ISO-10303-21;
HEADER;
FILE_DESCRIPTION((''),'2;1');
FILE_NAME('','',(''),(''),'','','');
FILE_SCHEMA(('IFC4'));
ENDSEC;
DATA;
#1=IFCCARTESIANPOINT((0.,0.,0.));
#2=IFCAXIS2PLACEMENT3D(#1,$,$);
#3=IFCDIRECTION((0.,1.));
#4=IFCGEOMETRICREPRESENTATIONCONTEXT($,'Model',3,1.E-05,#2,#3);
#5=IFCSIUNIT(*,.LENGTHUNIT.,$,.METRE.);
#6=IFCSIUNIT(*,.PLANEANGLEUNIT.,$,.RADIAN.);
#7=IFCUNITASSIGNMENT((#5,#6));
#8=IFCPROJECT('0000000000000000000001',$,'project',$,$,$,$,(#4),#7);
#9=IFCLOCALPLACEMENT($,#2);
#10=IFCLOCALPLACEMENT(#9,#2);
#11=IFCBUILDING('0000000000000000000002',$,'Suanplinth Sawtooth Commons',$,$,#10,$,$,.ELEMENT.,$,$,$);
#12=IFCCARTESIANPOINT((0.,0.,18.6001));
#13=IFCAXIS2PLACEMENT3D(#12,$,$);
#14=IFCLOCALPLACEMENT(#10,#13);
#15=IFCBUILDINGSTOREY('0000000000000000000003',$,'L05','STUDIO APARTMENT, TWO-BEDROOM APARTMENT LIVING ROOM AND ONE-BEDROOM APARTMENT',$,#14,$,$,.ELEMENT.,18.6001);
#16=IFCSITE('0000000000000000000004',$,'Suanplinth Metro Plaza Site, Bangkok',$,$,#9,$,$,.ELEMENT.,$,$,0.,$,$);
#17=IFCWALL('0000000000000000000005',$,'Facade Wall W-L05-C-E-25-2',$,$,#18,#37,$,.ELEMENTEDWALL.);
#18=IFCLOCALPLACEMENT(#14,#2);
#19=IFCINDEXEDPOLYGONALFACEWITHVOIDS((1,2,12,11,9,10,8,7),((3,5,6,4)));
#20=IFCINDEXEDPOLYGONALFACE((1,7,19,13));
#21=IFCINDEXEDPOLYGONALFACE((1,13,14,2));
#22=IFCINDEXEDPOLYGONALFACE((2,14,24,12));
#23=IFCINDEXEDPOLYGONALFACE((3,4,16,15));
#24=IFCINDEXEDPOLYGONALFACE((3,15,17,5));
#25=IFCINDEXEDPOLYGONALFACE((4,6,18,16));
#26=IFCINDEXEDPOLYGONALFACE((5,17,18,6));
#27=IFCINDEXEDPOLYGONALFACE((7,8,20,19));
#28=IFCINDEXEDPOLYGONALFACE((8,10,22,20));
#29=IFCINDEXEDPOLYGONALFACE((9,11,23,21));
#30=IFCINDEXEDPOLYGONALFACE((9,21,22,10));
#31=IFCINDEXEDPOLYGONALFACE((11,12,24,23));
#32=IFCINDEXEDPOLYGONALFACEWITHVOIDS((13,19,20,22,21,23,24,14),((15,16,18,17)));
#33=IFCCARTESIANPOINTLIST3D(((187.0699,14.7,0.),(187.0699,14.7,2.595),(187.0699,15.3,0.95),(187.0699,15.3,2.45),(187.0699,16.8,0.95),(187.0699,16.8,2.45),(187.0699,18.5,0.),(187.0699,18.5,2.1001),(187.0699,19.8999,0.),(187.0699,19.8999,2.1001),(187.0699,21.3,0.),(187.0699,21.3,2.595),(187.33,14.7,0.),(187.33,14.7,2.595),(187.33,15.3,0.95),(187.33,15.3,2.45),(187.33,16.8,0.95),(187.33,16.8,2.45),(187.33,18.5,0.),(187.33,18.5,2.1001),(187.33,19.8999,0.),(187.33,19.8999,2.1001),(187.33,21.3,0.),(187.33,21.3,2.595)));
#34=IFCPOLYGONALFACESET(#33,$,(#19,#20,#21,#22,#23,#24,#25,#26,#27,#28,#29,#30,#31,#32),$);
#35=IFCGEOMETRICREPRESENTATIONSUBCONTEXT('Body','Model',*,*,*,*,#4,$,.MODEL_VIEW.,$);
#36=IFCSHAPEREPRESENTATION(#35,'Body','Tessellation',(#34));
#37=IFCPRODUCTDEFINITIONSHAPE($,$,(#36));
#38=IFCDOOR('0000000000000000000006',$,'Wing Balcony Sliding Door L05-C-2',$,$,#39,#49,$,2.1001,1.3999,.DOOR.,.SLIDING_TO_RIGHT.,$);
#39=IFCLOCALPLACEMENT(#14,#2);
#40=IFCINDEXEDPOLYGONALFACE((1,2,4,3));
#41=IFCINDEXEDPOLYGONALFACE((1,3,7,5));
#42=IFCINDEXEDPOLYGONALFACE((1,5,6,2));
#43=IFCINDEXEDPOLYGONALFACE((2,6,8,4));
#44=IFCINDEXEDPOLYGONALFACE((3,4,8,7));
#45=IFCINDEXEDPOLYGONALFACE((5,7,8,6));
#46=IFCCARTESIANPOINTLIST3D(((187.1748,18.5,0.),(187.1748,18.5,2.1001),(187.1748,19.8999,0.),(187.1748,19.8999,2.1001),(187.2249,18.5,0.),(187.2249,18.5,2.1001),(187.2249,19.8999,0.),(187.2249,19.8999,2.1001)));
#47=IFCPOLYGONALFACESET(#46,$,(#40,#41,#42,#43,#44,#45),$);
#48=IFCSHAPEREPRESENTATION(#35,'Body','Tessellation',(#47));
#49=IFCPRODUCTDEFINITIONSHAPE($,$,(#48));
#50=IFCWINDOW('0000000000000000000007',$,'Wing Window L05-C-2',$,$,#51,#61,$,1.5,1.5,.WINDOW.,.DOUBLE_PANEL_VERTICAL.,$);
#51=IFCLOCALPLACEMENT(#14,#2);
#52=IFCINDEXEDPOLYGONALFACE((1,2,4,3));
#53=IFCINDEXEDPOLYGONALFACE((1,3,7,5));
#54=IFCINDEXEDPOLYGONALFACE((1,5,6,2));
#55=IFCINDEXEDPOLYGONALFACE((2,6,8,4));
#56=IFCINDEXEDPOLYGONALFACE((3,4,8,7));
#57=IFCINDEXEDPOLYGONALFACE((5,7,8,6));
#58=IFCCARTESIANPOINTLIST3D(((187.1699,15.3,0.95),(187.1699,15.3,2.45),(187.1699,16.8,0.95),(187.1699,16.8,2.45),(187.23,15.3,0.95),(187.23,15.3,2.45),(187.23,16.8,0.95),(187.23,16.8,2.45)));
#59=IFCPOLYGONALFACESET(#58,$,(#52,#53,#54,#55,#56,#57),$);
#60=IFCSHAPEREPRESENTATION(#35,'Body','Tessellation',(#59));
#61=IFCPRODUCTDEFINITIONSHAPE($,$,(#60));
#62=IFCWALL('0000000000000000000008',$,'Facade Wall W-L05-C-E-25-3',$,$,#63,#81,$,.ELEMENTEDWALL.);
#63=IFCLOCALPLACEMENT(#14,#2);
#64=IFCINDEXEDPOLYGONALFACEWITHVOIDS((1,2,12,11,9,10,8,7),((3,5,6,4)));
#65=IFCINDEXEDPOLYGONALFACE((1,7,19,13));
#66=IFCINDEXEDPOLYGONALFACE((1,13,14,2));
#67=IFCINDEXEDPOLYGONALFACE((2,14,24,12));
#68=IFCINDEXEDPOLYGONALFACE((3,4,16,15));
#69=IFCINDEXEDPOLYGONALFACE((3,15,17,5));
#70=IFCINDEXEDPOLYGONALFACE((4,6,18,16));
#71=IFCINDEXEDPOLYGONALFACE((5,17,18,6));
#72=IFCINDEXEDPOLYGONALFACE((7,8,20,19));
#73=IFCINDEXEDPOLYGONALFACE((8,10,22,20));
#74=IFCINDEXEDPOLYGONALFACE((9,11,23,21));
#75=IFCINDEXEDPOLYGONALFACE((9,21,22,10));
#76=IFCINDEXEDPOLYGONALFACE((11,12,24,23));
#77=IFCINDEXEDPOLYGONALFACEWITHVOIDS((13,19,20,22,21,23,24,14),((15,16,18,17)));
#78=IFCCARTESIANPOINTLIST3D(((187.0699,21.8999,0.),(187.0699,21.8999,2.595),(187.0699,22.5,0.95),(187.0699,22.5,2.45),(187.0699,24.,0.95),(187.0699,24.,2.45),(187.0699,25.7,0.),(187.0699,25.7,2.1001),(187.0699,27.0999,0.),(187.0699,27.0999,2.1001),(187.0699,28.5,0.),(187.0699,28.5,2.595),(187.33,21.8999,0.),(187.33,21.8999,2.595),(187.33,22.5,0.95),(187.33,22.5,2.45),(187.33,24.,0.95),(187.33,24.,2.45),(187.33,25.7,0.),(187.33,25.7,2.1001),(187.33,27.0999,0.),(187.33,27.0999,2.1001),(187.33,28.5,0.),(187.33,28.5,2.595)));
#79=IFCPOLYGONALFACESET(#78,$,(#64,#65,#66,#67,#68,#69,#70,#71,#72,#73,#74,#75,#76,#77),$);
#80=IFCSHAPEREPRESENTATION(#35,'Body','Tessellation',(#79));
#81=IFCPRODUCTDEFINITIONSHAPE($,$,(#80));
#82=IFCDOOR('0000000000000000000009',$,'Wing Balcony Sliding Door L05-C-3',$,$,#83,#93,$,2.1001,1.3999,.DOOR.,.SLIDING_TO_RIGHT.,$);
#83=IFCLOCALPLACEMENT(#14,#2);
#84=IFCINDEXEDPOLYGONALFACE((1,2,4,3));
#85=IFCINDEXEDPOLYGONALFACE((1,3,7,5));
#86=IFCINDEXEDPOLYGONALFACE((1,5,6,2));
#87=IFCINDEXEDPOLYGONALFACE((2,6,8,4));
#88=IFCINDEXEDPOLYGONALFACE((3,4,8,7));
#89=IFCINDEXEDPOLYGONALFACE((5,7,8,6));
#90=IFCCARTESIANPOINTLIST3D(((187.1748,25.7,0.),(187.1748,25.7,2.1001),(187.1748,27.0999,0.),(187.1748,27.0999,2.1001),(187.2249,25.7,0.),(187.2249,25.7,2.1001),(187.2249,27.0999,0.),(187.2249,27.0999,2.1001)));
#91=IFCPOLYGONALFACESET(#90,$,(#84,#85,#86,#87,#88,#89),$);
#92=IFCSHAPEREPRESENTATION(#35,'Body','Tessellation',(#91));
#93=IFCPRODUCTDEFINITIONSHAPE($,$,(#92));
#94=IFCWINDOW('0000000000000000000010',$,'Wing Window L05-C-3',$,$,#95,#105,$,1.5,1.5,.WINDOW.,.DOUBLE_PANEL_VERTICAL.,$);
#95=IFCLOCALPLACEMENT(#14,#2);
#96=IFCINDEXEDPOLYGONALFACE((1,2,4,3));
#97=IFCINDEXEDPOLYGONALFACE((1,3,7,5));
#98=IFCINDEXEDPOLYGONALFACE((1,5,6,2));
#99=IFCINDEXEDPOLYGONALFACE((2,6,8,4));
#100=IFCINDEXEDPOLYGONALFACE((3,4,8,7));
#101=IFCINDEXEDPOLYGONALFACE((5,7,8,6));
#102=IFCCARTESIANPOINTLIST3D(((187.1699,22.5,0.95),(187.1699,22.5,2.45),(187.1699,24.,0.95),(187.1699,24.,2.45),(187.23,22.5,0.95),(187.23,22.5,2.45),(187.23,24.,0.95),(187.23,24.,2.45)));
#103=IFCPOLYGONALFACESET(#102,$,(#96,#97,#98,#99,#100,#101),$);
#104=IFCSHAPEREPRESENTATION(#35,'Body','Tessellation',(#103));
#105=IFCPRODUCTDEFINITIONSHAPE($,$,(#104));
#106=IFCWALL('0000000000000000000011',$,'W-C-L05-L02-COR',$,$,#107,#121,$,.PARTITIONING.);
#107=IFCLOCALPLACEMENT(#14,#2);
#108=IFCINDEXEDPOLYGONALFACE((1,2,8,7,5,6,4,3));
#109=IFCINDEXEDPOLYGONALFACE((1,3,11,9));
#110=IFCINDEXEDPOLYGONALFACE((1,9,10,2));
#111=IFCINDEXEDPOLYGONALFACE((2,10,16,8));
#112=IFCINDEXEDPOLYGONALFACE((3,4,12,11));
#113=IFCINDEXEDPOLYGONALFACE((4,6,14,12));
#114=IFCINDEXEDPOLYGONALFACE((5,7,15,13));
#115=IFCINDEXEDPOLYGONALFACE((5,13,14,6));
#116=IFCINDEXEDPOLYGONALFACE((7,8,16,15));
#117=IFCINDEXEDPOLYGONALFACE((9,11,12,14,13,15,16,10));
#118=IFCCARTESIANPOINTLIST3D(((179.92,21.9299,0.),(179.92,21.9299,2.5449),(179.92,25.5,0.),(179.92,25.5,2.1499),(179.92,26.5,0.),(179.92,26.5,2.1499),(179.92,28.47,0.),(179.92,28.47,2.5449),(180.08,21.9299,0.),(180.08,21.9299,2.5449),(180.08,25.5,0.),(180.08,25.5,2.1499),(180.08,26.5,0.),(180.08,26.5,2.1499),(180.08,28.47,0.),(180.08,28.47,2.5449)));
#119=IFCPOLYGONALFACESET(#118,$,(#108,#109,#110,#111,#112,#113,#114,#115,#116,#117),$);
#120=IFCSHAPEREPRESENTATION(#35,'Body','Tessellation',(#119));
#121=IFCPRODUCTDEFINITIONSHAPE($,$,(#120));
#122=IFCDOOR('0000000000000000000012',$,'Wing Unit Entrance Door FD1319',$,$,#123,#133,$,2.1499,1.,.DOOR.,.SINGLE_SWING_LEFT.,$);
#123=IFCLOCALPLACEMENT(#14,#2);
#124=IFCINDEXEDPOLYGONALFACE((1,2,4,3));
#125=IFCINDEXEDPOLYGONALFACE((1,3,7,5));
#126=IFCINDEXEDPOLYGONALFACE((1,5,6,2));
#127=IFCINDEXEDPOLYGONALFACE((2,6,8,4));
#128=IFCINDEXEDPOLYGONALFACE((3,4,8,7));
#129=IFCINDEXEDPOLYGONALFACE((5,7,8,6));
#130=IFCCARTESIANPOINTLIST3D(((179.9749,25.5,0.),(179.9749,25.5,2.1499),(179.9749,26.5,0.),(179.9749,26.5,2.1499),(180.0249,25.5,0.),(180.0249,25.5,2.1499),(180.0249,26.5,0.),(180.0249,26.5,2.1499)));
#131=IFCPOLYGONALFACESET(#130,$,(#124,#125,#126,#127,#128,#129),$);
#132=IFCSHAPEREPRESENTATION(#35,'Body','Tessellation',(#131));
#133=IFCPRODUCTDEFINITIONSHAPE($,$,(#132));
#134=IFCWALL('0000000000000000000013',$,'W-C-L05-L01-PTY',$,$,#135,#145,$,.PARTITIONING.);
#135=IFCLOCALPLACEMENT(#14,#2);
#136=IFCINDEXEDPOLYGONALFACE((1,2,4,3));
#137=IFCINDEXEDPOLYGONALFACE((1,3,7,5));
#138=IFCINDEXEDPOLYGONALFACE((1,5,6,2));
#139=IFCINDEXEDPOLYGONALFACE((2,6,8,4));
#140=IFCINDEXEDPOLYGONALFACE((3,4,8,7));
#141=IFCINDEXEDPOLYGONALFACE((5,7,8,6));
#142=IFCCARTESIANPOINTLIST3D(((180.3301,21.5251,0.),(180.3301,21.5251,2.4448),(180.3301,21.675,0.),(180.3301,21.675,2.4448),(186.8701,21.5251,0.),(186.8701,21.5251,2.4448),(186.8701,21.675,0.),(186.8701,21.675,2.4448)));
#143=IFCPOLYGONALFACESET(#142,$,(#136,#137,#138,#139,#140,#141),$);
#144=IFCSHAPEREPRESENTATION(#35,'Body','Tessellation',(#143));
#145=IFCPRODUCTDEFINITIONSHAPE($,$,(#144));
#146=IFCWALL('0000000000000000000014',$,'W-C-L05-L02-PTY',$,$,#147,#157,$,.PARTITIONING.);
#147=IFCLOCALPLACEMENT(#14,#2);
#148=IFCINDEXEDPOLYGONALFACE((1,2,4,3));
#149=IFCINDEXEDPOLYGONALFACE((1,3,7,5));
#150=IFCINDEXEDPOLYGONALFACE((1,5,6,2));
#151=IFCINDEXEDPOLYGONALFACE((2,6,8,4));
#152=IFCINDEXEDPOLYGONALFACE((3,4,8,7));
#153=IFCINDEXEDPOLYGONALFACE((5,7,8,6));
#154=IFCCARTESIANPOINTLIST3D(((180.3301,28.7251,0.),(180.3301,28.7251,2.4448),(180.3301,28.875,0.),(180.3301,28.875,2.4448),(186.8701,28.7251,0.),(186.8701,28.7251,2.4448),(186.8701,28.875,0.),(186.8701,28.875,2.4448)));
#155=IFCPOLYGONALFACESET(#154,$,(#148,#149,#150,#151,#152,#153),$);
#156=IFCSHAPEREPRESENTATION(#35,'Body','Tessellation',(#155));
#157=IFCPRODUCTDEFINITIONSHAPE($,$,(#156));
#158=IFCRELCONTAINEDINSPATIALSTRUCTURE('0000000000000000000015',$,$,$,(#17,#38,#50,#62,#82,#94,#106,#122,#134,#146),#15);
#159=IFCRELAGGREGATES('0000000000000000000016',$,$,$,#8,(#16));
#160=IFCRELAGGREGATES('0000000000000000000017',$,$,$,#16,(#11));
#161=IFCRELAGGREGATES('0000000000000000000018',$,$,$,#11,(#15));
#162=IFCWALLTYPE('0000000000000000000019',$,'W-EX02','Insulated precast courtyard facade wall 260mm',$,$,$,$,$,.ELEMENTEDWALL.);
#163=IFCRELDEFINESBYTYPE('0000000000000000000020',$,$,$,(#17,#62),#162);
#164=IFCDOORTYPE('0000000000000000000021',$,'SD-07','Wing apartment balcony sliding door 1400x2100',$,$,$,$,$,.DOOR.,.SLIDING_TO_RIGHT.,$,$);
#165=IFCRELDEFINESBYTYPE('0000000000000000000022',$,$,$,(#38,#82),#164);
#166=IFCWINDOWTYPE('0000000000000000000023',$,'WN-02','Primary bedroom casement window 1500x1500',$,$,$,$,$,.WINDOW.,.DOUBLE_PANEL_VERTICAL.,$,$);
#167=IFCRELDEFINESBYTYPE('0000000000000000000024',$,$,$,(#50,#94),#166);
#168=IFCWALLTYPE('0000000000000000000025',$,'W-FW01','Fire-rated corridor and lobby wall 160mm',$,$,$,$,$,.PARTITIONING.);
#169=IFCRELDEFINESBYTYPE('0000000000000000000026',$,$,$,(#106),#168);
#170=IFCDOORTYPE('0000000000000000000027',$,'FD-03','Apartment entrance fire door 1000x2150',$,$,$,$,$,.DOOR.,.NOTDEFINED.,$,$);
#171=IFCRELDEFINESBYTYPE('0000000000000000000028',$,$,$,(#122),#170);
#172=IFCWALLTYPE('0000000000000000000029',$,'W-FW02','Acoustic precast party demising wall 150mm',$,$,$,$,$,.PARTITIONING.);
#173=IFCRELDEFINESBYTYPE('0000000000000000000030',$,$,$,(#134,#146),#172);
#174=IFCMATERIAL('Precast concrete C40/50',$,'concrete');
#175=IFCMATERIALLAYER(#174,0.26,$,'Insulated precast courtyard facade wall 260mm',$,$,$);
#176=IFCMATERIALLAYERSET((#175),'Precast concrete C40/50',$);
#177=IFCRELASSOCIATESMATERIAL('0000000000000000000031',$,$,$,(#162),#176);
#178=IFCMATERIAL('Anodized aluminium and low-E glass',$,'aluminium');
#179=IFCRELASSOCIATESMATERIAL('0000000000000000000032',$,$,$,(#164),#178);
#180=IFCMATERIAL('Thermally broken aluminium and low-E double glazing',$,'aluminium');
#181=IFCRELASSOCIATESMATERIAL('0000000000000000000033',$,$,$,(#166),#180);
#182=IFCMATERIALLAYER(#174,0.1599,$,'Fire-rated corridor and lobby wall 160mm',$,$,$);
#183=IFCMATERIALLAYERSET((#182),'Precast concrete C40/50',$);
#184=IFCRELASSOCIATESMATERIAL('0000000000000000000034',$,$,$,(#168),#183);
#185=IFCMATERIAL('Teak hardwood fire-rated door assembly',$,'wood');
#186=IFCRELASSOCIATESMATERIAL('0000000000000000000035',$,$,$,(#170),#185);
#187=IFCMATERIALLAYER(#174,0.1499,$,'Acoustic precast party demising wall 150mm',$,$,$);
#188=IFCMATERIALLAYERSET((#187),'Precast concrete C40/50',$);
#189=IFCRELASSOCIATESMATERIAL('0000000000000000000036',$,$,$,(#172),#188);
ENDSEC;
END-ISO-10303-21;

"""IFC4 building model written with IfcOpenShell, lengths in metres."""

from ifc_helpers import new_model, si_unit, direction, frame, frame_2d, origin, place, context, subcontext, project, spatial, rectangle, extrude, material, layer, layer_set, type_object, element, fill, save


model = new_model("IFC4")

# Units and contexts
model_context = context("Model", 3, precision=1e-05, world=origin(), true_north=direction((0.0, 1.0)))
body_context = subcontext(model_context, "Body", "Model", "MODEL_VIEW")
ifc_project = project(units=[si_unit("LENGTHUNIT", "METRE"), si_unit("PLANEANGLEUNIT", "RADIAN")], contexts=[model_context])

# Site, building, storey
site_placement = place(None, origin())
site = spatial("IfcSite", under=ifc_project, at=site_placement, Name="Suanplinth Metro Plaza Site, Bangkok", CompositionType="ELEMENT", RefElevation=0.0)
building_placement = place(site_placement, origin())
building = spatial("IfcBuilding", under=site, at=building_placement, Name="Suanplinth Sawtooth Commons", CompositionType="ELEMENT")
storey_placement = place(building_placement, frame((0.0, 0.0, 18.6001)))
storey = spatial("IfcBuildingStorey", under=building, at=storey_placement, Name="L05", Description="STUDIO APARTMENT, TWO-BEDROOM APARTMENT LIVING ROOM AND ONE-BEDROOM APARTMENT", CompositionType="ELEMENT", Elevation=18.6001)

# Shared definitions
ifc_material_1 = material(Name="Precast concrete C40/50", Category="concrete")

# Walls, openings, doors, windows
ifc_layer_1 = layer(ifc_material_1, 0.26, Name="Insulated precast courtyard facade wall 260mm")
ifc_layer_set_1 = layer_set([ifc_layer_1], Name="Precast concrete C40/50")
wall_type_1 = type_object("IfcWallType", Name="W-EX02", Description="Insulated precast courtyard facade wall 260mm", PredefinedType="ELEMENTEDWALL", material=ifc_layer_set_1)
wall_1_placement = place(storey_placement, frame((187.2, 14.7, 0.0), z_axis=(0.0, 0.0, 1.0), x_axis=(0.0, 1.0, 0.0)))
wall_1 = element("IfcWall", 1, at=wall_1_placement, inside=storey, type_object=wall_type_1, Name="Facade Wall W-L05-C-E-25-2", PredefinedType="ELEMENTEDWALL", context=body_context, shape_type="SweptSolid", body=[
    extrude(rectangle(XDim=6.6001, YDim=0.26, at=frame_2d((3.3, 0.0))), origin(), (0.0, 0.0, 1.0), 2.595),
])
opening_1_placement = place(wall_1_placement, frame((3.8, 0.0, 0.0)))
opening_1 = element("IfcOpeningElement", 2, at=opening_1_placement, cuts=wall_1, PredefinedType="OPENING", context=body_context, shape_type="SweptSolid", body=[
    extrude(rectangle(XDim=1.3999, YDim=2.1001, at=frame_2d((0.7, 1.05))), frame((0.0, 0.145, 0.0), z_axis=(0.0, -1.0, 0.0), x_axis=(1.0, 0.0, 0.0)), (0.0, 0.0, 1.0), 0.2898),
])
opening_2_placement = place(wall_1_placement, frame((0.6001, 0.0, 0.95)))
opening_2 = element("IfcOpeningElement", 3, at=opening_2_placement, cuts=wall_1, PredefinedType="OPENING", context=body_context, shape_type="SweptSolid", body=[
    extrude(rectangle(XDim=1.5, YDim=1.5, at=frame_2d((0.75, 0.75))), frame((0.0, 0.145, 0.0), z_axis=(0.0, -1.0, 0.0), x_axis=(1.0, 0.0, 0.0)), (0.0, 0.0, 1.0), 0.2898),
])
ifc_material_2 = material(Name="Anodized aluminium and low-E glass", Category="aluminium")
door_type_1 = type_object("IfcDoorType", Name="SD-07", Description="Wing apartment balcony sliding door 1400x2100", OperationType="SLIDING_TO_RIGHT", PredefinedType="DOOR", material=ifc_material_2)
door_1_placement = place(opening_1_placement, frame((1.3999, 0.0, 0.0), z_axis=(0.0, 0.0, 1.0), x_axis=(-1.0, 0.0, 0.0)))
door_1 = element("IfcDoor", 4, at=door_1_placement, inside=storey, type_object=door_type_1, Name="Wing Balcony Sliding Door L05-C-2", OperationType="SLIDING_TO_RIGHT", OverallHeight=2.1001, OverallWidth=1.3999, PredefinedType="DOOR", context=body_context, shape_type="SweptSolid", body=[
    extrude(rectangle(XDim=1.3999, YDim=2.1001, at=frame_2d((0.7, 1.05))), frame((0.0, 0.0249, 0.0), z_axis=(0.0, -1.0, 0.0), x_axis=(1.0, 0.0, 0.0)), (0.0, 0.0, 1.0), 0.05),
])
fill(opening_1, door_1)
ifc_material_3 = material(Name="Thermally broken aluminium and low-E double glazing", Category="aluminium")
window_type = type_object("IfcWindowType", Name="WN-02", Description="Primary bedroom casement window 1500x1500", PartitioningType="DOUBLE_PANEL_VERTICAL", PredefinedType="WINDOW", material=ifc_material_3)
window_1_placement = place(opening_2_placement, origin())
window_1 = element("IfcWindow", 5, at=window_1_placement, inside=storey, type_object=window_type, Name="Wing Window L05-C-2", OverallHeight=1.5, OverallWidth=1.5, PartitioningType="DOUBLE_PANEL_VERTICAL", PredefinedType="WINDOW", context=body_context, shape_type="SweptSolid", body=[
    extrude(rectangle(XDim=1.5, YDim=1.5, at=frame_2d((0.75, 0.75))), frame((0.0, 0.03, 0.0), z_axis=(0.0, -1.0, 0.0), x_axis=(1.0, 0.0, 0.0)), (0.0, 0.0, 1.0), 0.0601),
])
fill(opening_2, window_1)
wall_2_placement = place(storey_placement, frame((187.2, 21.8999, 0.0), z_axis=(0.0, 0.0, 1.0), x_axis=(0.0, 1.0, 0.0)))
wall_2 = element("IfcWall", 6, at=wall_2_placement, inside=storey, type_object=wall_type_1, Name="Facade Wall W-L05-C-E-25-3", PredefinedType="ELEMENTEDWALL", context=body_context, shape_type="SweptSolid", body=[
    extrude(rectangle(XDim=6.6001, YDim=0.26, at=frame_2d((3.3, 0.0))), origin(), (0.0, 0.0, 1.0), 2.595),
])
opening_3_placement = place(wall_2_placement, frame((3.8, 0.0, 0.0)))
opening_3 = element("IfcOpeningElement", 7, at=opening_3_placement, cuts=wall_2, PredefinedType="OPENING", context=body_context, shape_type="SweptSolid", body=[
    extrude(rectangle(XDim=1.3999, YDim=2.1001, at=frame_2d((0.7, 1.05))), frame((0.0, 0.145, 0.0), z_axis=(0.0, -1.0, 0.0), x_axis=(1.0, 0.0, 0.0)), (0.0, 0.0, 1.0), 0.2898),
])
opening_4_placement = place(wall_2_placement, frame((0.6001, 0.0, 0.95)))
opening_4 = element("IfcOpeningElement", 8, at=opening_4_placement, cuts=wall_2, PredefinedType="OPENING", context=body_context, shape_type="SweptSolid", body=[
    extrude(rectangle(XDim=1.5, YDim=1.5, at=frame_2d((0.75, 0.75))), frame((0.0, 0.145, 0.0), z_axis=(0.0, -1.0, 0.0), x_axis=(1.0, 0.0, 0.0)), (0.0, 0.0, 1.0), 0.2898),
])
door_2_placement = place(opening_3_placement, frame((1.3999, 0.0, 0.0), z_axis=(0.0, 0.0, 1.0), x_axis=(-1.0, 0.0, 0.0)))
door_2 = element("IfcDoor", 9, at=door_2_placement, inside=storey, type_object=door_type_1, Name="Wing Balcony Sliding Door L05-C-3", OperationType="SLIDING_TO_RIGHT", OverallHeight=2.1001, OverallWidth=1.3999, PredefinedType="DOOR", context=body_context, shape_type="SweptSolid", body=[
    extrude(rectangle(XDim=1.3999, YDim=2.1001, at=frame_2d((0.7, 1.05))), frame((0.0, 0.0249, 0.0), z_axis=(0.0, -1.0, 0.0), x_axis=(1.0, 0.0, 0.0)), (0.0, 0.0, 1.0), 0.05),
])
fill(opening_3, door_2)
window_2_placement = place(opening_4_placement, origin())
window_2 = element("IfcWindow", 10, at=window_2_placement, inside=storey, type_object=window_type, Name="Wing Window L05-C-3", OverallHeight=1.5, OverallWidth=1.5, PartitioningType="DOUBLE_PANEL_VERTICAL", PredefinedType="WINDOW", context=body_context, shape_type="SweptSolid", body=[
    extrude(rectangle(XDim=1.5, YDim=1.5, at=frame_2d((0.75, 0.75))), frame((0.0, 0.03, 0.0), z_axis=(0.0, -1.0, 0.0), x_axis=(1.0, 0.0, 0.0)), (0.0, 0.0, 1.0), 0.0601),
])
fill(opening_4, window_2)

# Wall, opening, door
ifc_layer_2 = layer(ifc_material_1, 0.1599, Name="Fire-rated corridor and lobby wall 160mm")
ifc_layer_set_2 = layer_set([ifc_layer_2], Name="Precast concrete C40/50")
wall_type_2 = type_object("IfcWallType", Name="W-FW01", Description="Fire-rated corridor and lobby wall 160mm", PredefinedType="PARTITIONING", material=ifc_layer_set_2)
wall_3_placement = place(storey_placement, frame((180.0, 21.9299, 0.0), z_axis=(0.0, 0.0, 1.0), x_axis=(0.0, 1.0, 0.0)))
wall_3 = element("IfcWall", 11, at=wall_3_placement, inside=storey, type_object=wall_type_2, Name="W-C-L05-L02-COR", PredefinedType="PARTITIONING", context=body_context, shape_type="SweptSolid", body=[
    extrude(rectangle(XDim=6.54, YDim=0.1599, at=frame_2d((3.27, 0.0))), origin(), (0.0, 0.0, 1.0), 2.5449),
])
opening_5_placement = place(wall_3_placement, frame((3.5701, 0.0, 0.0)))
opening_5 = element("IfcOpeningElement", 12, at=opening_5_placement, cuts=wall_3, PredefinedType="OPENING", context=body_context, shape_type="SweptSolid", body=[
    extrude(rectangle(XDim=1.0, YDim=2.1499, at=frame_2d((0.5, 1.075))), frame((0.0, 0.0947, 0.0), z_axis=(0.0, -1.0, 0.0), x_axis=(1.0, 0.0, 0.0)), (0.0, 0.0, 1.0), 0.1897),
])
ifc_material_4 = material(Name="Teak hardwood fire-rated door assembly", Category="wood")
door_type_2 = type_object("IfcDoorType", Name="FD-03", Description="Apartment entrance fire door 1000x2150", OperationType="NOTDEFINED", PredefinedType="DOOR", material=ifc_material_4)
door_3_placement = place(opening_5_placement, frame((1.0, 0.0, 0.0), z_axis=(0.0, 0.0, 1.0), x_axis=(-1.0, 0.0, 0.0)))
door_3 = element("IfcDoor", 13, at=door_3_placement, inside=storey, type_object=door_type_2, Name="Wing Unit Entrance Door FD1319", OperationType="SINGLE_SWING_LEFT", OverallHeight=2.1499, OverallWidth=1.0, PredefinedType="DOOR", context=body_context, shape_type="SweptSolid", body=[
    extrude(rectangle(XDim=1.0, YDim=2.1499, at=frame_2d((0.5, 1.075))), frame((0.0, 0.0249, 0.0), z_axis=(0.0, -1.0, 0.0), x_axis=(1.0, 0.0, 0.0)), (0.0, 0.0, 1.0), 0.05),
])
fill(opening_5, door_3)

# Walls
ifc_layer_3 = layer(ifc_material_1, 0.1499, Name="Acoustic precast party demising wall 150mm")
ifc_layer_set_3 = layer_set([ifc_layer_3], Name="Precast concrete C40/50")
wall_type_3 = type_object("IfcWallType", Name="W-FW02", Description="Acoustic precast party demising wall 150mm", PredefinedType="PARTITIONING", material=ifc_layer_set_3)
for number, where, z_axis, x_axis, name in (
    (14, (180.3301, 21.6001, 0.0), (0.0, 0.0, 1.0), (1.0, 0.0, 0.0), "W-C-L05-L01-PTY"),
    (15, (180.3301, 28.8, 0.0), (0.0, 0.0, 1.0), (1.0, 0.0, 0.0), "W-C-L05-L02-PTY"),
):
    element("IfcWall", number, at=place(storey_placement, frame(where, z_axis=z_axis, x_axis=x_axis)), inside=storey, type_object=wall_type_3, Name=name, PredefinedType="PARTITIONING", context=body_context, shape_type="SweptSolid", body=[
        extrude(rectangle(XDim=6.54, YDim=0.1499, at=frame_2d((3.27, 0.0))), origin(), (0.0, 0.0, 1.0), 2.4448),
    ])

save(model, "model.ifc")
